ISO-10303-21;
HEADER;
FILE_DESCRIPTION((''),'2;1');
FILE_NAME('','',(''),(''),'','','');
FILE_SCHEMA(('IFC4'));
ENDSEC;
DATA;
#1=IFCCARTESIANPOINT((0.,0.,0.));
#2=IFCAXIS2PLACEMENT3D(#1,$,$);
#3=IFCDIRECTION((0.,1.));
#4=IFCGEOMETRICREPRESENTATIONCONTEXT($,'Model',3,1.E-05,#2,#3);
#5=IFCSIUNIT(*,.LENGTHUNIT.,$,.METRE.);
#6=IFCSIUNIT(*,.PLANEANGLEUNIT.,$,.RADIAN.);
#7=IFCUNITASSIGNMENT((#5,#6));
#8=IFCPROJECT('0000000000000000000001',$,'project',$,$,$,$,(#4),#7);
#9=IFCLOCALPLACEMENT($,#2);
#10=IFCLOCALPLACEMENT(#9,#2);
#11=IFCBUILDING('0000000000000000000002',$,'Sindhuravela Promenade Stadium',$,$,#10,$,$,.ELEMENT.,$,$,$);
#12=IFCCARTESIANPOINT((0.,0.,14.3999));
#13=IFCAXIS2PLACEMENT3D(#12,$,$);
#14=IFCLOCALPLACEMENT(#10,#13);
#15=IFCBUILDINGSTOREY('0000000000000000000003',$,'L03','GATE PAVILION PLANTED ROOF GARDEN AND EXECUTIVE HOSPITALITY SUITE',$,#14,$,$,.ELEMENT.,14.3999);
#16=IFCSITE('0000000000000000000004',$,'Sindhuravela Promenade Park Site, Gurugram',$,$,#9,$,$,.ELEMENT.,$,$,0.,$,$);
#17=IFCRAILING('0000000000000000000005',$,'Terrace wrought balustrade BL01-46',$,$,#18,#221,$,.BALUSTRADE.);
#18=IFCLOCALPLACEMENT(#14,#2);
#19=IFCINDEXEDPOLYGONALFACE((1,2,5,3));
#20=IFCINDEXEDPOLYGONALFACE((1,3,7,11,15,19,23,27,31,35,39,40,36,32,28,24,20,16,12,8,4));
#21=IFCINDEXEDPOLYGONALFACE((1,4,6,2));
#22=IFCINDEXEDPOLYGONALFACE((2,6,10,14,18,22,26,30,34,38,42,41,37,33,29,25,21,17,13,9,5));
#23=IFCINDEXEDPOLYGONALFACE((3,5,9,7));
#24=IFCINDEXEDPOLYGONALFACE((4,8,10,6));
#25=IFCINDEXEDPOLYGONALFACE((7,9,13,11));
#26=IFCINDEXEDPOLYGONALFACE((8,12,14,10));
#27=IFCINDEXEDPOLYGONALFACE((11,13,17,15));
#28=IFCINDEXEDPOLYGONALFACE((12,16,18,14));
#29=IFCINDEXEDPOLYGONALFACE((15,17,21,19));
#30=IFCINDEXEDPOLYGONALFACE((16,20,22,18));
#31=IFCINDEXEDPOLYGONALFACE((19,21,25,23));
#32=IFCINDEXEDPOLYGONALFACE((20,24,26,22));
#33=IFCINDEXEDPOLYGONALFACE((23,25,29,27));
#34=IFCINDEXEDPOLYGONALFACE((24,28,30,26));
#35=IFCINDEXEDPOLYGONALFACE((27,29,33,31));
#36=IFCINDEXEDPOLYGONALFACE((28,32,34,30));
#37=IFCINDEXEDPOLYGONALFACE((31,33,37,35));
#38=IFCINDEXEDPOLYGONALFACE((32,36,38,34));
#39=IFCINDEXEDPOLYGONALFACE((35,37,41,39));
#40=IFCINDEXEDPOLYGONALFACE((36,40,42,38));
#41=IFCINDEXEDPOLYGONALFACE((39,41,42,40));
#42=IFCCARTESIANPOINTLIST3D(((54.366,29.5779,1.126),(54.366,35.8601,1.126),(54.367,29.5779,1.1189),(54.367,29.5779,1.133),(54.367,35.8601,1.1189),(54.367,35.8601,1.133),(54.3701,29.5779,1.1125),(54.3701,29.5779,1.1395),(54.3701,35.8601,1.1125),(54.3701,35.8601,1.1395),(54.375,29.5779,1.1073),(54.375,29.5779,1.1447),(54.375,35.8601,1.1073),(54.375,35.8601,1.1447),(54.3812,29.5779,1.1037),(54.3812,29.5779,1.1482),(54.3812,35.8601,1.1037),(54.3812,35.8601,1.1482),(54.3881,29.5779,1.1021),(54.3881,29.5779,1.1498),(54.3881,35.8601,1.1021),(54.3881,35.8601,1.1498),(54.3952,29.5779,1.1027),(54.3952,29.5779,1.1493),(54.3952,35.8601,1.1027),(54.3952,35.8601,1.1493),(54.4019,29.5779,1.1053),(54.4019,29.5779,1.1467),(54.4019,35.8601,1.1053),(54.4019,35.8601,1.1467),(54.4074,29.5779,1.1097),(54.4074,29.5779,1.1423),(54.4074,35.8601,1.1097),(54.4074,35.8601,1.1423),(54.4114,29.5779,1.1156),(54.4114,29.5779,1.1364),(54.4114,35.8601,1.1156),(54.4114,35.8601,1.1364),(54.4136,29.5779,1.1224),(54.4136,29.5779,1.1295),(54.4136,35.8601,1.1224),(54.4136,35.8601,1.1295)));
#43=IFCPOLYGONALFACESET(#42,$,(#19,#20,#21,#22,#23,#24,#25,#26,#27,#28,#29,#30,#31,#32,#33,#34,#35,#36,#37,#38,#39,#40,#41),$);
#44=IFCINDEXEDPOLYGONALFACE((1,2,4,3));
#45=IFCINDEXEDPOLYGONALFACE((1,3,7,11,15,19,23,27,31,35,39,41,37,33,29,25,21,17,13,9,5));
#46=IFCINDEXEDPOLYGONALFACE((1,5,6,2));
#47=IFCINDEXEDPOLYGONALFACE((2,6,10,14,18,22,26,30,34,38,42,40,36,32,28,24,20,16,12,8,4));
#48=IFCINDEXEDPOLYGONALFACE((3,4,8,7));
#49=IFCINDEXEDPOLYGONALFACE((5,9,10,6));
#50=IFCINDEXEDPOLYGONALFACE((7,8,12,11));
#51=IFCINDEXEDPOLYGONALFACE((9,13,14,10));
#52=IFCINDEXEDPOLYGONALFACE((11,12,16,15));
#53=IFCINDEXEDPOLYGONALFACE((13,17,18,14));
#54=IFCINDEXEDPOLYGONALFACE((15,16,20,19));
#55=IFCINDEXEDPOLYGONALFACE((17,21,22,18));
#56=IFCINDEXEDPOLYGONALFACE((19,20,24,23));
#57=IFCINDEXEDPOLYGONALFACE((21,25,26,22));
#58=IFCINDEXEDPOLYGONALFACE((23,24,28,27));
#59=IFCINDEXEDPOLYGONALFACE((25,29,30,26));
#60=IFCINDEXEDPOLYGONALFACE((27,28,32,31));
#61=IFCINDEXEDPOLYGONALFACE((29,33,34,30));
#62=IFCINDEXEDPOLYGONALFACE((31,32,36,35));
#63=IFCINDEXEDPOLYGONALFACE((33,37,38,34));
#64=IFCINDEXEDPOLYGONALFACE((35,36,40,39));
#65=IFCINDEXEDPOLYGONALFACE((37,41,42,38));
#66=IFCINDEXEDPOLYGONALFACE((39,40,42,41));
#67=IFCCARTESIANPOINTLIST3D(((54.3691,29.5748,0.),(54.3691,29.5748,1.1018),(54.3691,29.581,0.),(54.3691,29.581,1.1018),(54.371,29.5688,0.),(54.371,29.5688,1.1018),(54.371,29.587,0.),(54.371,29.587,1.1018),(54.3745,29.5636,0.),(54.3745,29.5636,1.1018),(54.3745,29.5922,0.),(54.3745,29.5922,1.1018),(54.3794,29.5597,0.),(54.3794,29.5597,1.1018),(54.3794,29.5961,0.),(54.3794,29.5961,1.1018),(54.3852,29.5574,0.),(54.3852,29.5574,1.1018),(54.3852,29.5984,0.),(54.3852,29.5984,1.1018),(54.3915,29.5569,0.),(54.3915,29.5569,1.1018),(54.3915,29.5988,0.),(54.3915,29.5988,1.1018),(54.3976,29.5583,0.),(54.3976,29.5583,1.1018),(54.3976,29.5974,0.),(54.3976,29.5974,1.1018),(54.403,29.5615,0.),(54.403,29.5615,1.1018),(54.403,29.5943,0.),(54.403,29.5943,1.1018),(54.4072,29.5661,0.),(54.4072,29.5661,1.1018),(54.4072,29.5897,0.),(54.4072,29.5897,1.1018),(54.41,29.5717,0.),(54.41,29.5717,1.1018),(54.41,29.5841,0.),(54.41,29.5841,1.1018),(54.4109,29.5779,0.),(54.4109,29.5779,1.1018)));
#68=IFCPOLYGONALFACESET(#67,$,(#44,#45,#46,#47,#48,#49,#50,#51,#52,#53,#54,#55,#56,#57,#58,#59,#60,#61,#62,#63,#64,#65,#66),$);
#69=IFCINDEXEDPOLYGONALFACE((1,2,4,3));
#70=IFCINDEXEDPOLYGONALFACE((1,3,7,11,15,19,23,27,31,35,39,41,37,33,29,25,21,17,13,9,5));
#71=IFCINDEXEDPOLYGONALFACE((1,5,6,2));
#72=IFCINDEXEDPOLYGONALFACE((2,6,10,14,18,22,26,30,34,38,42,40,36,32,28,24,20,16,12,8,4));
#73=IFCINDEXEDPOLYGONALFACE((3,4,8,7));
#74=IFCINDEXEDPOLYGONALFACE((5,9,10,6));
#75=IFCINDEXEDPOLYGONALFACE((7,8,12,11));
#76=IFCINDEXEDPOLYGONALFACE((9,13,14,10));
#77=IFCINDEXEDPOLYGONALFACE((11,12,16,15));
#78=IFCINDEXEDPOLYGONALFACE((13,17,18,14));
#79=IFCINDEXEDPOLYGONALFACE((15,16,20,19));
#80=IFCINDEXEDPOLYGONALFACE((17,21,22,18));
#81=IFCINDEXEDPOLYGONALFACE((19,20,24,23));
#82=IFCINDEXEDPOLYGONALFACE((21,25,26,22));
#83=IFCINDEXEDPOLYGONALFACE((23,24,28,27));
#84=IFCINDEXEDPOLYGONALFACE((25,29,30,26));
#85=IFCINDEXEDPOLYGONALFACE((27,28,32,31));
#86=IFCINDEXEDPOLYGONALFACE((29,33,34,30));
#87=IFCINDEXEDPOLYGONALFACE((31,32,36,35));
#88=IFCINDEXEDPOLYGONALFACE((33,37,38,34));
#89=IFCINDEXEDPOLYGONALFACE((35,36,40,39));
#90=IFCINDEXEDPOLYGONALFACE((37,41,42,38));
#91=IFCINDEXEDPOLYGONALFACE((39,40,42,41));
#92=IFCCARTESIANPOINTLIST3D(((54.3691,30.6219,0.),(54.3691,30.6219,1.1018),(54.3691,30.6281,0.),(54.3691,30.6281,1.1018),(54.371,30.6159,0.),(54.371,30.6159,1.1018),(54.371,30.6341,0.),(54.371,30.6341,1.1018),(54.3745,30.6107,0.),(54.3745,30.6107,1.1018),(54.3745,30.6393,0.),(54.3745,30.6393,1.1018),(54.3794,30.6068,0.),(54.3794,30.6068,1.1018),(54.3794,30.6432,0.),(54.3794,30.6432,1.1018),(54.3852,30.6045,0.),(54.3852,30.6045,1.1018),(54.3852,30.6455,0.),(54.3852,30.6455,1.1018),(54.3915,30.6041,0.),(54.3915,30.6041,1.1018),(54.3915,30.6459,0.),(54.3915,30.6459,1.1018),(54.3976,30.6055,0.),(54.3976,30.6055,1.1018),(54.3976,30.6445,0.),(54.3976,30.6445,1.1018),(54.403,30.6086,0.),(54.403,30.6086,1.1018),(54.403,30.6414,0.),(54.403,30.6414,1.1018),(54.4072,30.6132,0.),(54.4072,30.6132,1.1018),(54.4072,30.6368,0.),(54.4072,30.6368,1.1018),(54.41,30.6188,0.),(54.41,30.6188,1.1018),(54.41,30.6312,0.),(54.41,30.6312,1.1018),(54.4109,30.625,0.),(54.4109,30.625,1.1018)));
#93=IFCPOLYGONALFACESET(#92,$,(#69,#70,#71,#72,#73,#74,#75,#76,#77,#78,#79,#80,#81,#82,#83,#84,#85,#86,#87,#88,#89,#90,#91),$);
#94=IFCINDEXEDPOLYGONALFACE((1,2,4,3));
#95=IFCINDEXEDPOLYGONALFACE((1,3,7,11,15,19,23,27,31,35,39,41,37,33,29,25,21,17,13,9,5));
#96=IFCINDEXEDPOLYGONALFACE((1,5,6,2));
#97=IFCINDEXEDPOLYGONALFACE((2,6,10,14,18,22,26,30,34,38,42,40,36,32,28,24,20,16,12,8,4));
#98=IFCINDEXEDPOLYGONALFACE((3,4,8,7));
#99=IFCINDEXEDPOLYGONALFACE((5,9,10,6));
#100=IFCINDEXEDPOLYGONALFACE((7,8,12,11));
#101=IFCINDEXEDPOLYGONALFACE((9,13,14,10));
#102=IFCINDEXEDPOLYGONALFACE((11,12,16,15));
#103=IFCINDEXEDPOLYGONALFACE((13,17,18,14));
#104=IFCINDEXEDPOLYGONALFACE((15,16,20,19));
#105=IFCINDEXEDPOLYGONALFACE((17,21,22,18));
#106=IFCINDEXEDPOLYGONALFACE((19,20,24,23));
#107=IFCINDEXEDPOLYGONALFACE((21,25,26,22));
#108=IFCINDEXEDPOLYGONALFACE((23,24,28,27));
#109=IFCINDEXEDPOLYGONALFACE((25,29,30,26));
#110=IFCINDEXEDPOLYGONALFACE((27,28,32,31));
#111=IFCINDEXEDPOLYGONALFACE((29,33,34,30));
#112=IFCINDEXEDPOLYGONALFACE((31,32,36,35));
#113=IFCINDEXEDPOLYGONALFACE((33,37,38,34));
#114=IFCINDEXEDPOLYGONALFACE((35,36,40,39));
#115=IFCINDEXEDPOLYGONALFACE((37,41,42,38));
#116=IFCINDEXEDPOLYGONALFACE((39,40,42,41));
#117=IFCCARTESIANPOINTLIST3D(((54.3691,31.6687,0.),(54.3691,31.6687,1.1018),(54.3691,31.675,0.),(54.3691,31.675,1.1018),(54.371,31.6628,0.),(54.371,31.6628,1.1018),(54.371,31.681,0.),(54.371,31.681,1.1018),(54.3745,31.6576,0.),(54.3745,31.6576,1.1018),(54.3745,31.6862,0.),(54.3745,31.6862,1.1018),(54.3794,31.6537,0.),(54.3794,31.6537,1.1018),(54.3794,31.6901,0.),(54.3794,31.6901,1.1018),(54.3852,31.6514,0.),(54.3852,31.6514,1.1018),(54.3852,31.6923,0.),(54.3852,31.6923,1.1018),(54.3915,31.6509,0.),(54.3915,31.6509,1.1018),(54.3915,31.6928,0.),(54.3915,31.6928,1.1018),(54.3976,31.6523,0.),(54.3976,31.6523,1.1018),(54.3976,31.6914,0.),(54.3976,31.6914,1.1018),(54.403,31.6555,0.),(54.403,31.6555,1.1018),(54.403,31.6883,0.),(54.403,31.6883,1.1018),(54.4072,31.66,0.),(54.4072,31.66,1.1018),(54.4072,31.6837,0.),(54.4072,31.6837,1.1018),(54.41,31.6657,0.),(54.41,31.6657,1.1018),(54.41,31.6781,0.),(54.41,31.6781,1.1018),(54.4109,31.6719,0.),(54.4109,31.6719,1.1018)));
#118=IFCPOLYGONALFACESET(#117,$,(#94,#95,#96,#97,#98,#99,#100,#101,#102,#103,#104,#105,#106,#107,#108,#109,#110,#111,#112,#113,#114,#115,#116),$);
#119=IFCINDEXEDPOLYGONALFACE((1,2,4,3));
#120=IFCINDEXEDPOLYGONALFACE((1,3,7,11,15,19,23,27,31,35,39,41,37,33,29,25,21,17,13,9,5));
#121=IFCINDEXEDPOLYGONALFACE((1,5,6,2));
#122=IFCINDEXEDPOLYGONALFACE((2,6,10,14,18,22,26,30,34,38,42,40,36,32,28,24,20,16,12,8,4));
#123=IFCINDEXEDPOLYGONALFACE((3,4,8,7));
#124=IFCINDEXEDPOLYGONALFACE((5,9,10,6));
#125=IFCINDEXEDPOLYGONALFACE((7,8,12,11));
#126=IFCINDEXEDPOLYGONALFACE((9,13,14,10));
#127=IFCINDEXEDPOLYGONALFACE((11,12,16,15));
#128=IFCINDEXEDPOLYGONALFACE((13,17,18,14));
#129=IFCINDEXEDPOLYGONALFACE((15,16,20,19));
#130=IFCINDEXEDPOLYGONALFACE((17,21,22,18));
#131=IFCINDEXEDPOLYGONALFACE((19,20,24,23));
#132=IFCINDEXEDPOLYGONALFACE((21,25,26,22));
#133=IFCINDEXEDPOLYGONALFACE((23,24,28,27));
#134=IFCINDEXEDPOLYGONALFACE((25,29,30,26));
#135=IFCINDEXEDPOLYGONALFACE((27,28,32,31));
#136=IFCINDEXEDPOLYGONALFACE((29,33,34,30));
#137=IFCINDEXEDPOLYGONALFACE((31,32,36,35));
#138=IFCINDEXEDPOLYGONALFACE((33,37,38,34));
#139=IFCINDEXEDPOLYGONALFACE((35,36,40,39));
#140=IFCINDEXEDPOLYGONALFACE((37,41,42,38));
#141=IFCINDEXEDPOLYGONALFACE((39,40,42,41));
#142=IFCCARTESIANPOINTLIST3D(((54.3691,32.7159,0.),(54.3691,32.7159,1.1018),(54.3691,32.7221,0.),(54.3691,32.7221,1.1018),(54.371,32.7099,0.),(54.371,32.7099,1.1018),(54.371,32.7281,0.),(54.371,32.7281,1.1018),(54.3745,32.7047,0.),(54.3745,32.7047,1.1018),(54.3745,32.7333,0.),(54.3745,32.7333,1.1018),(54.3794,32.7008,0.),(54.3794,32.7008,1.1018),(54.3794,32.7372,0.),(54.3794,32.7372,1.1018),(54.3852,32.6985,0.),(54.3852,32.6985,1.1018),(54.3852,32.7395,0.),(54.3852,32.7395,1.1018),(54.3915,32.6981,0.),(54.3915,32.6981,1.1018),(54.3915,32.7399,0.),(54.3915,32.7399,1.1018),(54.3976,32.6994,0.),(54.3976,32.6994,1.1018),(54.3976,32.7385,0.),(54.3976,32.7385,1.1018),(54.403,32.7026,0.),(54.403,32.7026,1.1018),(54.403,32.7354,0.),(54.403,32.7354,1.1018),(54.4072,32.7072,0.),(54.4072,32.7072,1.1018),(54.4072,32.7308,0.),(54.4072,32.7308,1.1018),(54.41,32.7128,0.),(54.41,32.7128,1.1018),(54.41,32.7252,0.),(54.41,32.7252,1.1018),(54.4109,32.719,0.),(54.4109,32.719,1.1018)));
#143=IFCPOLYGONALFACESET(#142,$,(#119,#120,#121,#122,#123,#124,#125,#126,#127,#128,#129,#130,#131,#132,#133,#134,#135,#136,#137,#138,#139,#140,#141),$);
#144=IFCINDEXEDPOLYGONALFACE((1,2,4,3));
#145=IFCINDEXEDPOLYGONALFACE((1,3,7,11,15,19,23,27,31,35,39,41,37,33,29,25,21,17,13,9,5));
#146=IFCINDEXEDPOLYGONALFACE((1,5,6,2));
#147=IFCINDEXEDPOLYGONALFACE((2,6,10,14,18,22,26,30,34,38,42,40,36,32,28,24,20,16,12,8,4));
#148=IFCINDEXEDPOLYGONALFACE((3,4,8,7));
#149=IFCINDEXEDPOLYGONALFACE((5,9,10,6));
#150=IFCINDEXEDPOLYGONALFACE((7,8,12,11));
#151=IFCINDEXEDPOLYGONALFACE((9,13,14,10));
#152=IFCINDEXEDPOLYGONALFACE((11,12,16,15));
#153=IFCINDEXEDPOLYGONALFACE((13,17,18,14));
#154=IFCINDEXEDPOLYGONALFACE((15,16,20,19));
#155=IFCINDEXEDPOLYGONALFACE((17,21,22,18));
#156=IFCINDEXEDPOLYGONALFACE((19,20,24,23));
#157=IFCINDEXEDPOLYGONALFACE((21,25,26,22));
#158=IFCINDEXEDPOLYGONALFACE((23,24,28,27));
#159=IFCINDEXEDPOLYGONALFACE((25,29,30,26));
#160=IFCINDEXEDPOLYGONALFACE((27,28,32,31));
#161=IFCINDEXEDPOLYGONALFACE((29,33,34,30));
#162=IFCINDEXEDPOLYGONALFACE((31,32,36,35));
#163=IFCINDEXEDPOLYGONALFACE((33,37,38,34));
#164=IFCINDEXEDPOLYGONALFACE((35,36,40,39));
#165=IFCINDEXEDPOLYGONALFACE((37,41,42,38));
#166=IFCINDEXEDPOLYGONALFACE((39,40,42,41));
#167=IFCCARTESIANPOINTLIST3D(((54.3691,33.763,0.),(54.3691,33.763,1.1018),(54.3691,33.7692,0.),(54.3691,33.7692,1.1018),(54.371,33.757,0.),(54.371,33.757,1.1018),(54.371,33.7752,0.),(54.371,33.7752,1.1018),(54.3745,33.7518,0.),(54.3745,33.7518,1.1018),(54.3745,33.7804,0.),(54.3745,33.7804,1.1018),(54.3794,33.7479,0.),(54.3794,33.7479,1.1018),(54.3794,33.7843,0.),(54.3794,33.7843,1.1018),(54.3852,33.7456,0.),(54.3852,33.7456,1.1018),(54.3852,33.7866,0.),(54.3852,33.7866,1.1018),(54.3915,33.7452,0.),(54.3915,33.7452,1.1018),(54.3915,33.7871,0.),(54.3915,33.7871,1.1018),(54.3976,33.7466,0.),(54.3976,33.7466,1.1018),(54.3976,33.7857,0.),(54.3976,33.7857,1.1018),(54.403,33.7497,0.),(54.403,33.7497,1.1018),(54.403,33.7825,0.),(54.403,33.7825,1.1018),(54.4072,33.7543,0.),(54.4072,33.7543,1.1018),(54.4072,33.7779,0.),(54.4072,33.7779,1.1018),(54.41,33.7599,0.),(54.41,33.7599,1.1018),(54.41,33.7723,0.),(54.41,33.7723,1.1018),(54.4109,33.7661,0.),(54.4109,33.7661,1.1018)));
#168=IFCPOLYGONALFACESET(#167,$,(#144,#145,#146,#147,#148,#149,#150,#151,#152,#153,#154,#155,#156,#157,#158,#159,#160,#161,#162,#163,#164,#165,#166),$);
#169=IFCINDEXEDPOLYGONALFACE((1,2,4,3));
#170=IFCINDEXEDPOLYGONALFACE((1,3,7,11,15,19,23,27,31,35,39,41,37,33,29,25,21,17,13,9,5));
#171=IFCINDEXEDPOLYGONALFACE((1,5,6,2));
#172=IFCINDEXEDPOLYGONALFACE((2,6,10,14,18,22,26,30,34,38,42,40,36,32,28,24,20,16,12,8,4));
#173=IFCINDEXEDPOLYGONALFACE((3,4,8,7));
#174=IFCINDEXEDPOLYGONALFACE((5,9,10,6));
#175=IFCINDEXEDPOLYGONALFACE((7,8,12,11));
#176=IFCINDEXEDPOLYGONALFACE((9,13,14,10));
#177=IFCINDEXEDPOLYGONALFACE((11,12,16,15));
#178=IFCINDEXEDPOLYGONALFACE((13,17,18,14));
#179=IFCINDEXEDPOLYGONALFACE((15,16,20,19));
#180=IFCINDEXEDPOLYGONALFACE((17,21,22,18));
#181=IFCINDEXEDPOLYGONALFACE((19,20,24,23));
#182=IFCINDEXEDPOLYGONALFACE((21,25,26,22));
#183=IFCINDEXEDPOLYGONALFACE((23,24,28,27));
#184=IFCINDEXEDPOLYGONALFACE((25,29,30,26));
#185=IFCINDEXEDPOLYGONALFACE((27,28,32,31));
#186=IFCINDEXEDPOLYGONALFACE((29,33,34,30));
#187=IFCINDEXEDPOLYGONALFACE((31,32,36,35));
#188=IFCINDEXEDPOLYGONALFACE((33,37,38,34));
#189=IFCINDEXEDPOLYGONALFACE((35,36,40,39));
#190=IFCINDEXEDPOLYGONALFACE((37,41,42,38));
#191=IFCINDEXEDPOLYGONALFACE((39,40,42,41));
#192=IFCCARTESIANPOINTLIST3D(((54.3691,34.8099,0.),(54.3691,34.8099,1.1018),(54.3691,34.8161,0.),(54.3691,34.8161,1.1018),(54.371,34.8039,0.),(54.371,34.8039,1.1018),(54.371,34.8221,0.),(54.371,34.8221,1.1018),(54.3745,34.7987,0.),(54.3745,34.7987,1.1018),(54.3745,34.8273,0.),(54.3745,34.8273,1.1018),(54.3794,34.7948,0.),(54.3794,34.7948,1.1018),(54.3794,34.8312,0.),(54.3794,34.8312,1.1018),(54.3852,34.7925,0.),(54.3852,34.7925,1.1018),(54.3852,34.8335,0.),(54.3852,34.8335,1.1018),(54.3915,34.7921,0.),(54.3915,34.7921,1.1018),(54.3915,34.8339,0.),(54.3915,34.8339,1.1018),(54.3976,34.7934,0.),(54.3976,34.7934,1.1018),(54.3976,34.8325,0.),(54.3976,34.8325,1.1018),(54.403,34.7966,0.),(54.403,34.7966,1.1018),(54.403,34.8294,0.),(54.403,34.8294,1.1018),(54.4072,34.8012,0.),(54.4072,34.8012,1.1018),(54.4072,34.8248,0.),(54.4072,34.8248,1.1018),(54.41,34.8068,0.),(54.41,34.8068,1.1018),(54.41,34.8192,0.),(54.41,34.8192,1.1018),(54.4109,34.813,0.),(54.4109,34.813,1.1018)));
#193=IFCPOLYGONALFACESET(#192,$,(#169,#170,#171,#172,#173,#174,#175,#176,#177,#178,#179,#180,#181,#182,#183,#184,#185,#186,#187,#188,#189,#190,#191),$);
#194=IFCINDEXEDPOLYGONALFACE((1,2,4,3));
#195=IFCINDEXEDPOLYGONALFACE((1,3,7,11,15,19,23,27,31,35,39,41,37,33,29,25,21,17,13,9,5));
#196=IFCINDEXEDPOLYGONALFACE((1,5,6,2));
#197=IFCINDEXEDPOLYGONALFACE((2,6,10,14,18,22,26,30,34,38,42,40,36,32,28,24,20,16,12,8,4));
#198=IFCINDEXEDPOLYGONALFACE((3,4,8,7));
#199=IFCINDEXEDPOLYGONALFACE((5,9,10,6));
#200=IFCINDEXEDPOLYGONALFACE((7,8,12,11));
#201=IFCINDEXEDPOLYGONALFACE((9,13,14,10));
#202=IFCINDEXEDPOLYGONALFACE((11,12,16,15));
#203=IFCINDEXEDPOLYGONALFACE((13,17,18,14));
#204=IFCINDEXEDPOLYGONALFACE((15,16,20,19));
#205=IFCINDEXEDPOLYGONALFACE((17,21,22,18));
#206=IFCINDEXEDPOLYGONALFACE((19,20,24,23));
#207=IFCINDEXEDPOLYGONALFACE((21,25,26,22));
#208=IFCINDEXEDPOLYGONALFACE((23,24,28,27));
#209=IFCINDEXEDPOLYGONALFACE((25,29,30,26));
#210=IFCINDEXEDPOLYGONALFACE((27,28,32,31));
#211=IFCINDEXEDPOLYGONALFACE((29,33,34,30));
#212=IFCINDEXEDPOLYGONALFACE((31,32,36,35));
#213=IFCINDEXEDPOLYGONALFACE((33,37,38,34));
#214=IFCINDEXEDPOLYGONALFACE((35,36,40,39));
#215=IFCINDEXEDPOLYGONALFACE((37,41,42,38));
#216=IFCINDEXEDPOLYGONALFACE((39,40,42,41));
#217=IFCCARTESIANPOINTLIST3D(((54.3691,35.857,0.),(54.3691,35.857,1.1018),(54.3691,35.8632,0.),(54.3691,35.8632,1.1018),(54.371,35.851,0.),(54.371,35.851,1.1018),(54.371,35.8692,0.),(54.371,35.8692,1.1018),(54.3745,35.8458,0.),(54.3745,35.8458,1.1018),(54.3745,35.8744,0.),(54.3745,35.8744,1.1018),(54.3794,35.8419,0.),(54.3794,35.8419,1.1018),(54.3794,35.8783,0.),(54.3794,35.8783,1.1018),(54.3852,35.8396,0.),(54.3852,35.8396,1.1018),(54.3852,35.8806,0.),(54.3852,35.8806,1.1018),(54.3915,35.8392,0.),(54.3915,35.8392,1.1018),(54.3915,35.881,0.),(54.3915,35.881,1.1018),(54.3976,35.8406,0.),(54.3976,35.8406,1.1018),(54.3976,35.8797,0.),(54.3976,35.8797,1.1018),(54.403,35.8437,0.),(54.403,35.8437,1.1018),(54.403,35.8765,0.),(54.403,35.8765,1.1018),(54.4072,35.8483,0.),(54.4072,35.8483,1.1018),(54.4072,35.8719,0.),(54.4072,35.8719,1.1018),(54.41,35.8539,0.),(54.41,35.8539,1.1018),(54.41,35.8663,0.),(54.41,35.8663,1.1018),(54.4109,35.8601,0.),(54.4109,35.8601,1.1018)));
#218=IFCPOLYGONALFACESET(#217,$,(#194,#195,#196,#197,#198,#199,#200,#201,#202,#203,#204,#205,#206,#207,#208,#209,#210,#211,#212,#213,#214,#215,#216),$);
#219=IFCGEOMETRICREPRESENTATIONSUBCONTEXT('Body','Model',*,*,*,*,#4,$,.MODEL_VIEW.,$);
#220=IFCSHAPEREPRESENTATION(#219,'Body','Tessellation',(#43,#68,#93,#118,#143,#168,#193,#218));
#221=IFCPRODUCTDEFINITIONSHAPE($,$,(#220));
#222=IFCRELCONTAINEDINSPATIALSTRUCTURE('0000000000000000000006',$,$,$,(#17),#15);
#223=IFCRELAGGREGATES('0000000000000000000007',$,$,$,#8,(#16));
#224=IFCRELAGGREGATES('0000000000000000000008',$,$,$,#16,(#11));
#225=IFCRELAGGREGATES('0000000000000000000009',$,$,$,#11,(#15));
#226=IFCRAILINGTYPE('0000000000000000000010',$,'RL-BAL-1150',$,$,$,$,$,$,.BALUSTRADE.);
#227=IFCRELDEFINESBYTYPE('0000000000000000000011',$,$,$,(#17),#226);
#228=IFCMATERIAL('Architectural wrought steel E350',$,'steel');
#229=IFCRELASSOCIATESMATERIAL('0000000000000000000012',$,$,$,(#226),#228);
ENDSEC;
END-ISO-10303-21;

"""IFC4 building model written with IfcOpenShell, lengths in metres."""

from ifc_helpers import new_model, si_unit, direction, frame, origin, origin_2d, place, context, subcontext, project, spatial, circle, extrude, material, type_object, element, save


model = new_model("IFC4")

# Units and contexts
model_context = context("Model", 3, precision=1e-05, world=origin(), true_north=direction((0.0, 1.0)))
body_context = subcontext(model_context, "Body", "Model", "MODEL_VIEW")
ifc_project = project(units=[si_unit("LENGTHUNIT", "METRE"), si_unit("PLANEANGLEUNIT", "RADIAN")], contexts=[model_context])

# Site, building, storey
site_placement = place(None, origin())
site = spatial("IfcSite", under=ifc_project, at=site_placement, Name="Sindhuravela Promenade Park Site, Gurugram", CompositionType="ELEMENT", RefElevation=0.0)
building_placement = place(site_placement, origin())
building = spatial("IfcBuilding", under=site, at=building_placement, Name="Sindhuravela Promenade Stadium", CompositionType="ELEMENT")
storey_placement = place(building_placement, frame((0.0, 0.0, 14.3999)))
storey = spatial("IfcBuildingStorey", under=building, at=storey_placement, Name="L03", Description="GATE PAVILION PLANTED ROOF GARDEN AND EXECUTIVE HOSPITALITY SUITE", CompositionType="ELEMENT", Elevation=14.3999)

# Railing
ifc_material_1 = material(Name="Architectural wrought steel E350", Category="steel")
railing_type = type_object("IfcRailingType", Name="RL-BAL-1150", PredefinedType="BALUSTRADE", material=ifc_material_1)
railing_placement = place(storey_placement, frame((54.3899, 29.5779, 0.0)))
element("IfcRailing", 1, at=railing_placement, inside=storey, type_object=railing_type, Name="Terrace wrought balustrade BL01-46", PredefinedType="BALUSTRADE", context=body_context, shape_type="SweptSolid", body=[
    extrude(circle(Radius=0.0239, at=origin_2d()), frame((0.0, 0.0, 1.126), z_axis=(0.0, 1.0, 0.0), x_axis=(-1.0, 0.0, 0.0)), (0.0, 0.0, 1.0), 6.2822),
    extrude(circle(Radius=0.021, at=origin_2d()), origin(), (0.0, 0.0, 1.0), 1.1018),
    extrude(circle(Radius=0.021, at=origin_2d()), frame((0.0, 1.0471, 0.0)), (0.0, 0.0, 1.0), 1.1018),
    extrude(circle(Radius=0.021, at=origin_2d()), frame((0.0, 2.094, 0.0)), (0.0, 0.0, 1.0), 1.1018),
    extrude(circle(Radius=0.021, at=origin_2d()), frame((0.0, 3.1411, 0.0)), (0.0, 0.0, 1.0), 1.1018),
    extrude(circle(Radius=0.021, at=origin_2d()), frame((0.0, 4.1882, 0.0)), (0.0, 0.0, 1.0), 1.1018),
    extrude(circle(Radius=0.021, at=origin_2d()), frame((0.0, 5.2351, 0.0)), (0.0, 0.0, 1.0), 1.1018),
    extrude(circle(Radius=0.021, at=origin_2d()), frame((0.0, 6.2822, 0.0)), (0.0, 0.0, 1.0), 1.1018),
])

save(model, "model.ifc")
